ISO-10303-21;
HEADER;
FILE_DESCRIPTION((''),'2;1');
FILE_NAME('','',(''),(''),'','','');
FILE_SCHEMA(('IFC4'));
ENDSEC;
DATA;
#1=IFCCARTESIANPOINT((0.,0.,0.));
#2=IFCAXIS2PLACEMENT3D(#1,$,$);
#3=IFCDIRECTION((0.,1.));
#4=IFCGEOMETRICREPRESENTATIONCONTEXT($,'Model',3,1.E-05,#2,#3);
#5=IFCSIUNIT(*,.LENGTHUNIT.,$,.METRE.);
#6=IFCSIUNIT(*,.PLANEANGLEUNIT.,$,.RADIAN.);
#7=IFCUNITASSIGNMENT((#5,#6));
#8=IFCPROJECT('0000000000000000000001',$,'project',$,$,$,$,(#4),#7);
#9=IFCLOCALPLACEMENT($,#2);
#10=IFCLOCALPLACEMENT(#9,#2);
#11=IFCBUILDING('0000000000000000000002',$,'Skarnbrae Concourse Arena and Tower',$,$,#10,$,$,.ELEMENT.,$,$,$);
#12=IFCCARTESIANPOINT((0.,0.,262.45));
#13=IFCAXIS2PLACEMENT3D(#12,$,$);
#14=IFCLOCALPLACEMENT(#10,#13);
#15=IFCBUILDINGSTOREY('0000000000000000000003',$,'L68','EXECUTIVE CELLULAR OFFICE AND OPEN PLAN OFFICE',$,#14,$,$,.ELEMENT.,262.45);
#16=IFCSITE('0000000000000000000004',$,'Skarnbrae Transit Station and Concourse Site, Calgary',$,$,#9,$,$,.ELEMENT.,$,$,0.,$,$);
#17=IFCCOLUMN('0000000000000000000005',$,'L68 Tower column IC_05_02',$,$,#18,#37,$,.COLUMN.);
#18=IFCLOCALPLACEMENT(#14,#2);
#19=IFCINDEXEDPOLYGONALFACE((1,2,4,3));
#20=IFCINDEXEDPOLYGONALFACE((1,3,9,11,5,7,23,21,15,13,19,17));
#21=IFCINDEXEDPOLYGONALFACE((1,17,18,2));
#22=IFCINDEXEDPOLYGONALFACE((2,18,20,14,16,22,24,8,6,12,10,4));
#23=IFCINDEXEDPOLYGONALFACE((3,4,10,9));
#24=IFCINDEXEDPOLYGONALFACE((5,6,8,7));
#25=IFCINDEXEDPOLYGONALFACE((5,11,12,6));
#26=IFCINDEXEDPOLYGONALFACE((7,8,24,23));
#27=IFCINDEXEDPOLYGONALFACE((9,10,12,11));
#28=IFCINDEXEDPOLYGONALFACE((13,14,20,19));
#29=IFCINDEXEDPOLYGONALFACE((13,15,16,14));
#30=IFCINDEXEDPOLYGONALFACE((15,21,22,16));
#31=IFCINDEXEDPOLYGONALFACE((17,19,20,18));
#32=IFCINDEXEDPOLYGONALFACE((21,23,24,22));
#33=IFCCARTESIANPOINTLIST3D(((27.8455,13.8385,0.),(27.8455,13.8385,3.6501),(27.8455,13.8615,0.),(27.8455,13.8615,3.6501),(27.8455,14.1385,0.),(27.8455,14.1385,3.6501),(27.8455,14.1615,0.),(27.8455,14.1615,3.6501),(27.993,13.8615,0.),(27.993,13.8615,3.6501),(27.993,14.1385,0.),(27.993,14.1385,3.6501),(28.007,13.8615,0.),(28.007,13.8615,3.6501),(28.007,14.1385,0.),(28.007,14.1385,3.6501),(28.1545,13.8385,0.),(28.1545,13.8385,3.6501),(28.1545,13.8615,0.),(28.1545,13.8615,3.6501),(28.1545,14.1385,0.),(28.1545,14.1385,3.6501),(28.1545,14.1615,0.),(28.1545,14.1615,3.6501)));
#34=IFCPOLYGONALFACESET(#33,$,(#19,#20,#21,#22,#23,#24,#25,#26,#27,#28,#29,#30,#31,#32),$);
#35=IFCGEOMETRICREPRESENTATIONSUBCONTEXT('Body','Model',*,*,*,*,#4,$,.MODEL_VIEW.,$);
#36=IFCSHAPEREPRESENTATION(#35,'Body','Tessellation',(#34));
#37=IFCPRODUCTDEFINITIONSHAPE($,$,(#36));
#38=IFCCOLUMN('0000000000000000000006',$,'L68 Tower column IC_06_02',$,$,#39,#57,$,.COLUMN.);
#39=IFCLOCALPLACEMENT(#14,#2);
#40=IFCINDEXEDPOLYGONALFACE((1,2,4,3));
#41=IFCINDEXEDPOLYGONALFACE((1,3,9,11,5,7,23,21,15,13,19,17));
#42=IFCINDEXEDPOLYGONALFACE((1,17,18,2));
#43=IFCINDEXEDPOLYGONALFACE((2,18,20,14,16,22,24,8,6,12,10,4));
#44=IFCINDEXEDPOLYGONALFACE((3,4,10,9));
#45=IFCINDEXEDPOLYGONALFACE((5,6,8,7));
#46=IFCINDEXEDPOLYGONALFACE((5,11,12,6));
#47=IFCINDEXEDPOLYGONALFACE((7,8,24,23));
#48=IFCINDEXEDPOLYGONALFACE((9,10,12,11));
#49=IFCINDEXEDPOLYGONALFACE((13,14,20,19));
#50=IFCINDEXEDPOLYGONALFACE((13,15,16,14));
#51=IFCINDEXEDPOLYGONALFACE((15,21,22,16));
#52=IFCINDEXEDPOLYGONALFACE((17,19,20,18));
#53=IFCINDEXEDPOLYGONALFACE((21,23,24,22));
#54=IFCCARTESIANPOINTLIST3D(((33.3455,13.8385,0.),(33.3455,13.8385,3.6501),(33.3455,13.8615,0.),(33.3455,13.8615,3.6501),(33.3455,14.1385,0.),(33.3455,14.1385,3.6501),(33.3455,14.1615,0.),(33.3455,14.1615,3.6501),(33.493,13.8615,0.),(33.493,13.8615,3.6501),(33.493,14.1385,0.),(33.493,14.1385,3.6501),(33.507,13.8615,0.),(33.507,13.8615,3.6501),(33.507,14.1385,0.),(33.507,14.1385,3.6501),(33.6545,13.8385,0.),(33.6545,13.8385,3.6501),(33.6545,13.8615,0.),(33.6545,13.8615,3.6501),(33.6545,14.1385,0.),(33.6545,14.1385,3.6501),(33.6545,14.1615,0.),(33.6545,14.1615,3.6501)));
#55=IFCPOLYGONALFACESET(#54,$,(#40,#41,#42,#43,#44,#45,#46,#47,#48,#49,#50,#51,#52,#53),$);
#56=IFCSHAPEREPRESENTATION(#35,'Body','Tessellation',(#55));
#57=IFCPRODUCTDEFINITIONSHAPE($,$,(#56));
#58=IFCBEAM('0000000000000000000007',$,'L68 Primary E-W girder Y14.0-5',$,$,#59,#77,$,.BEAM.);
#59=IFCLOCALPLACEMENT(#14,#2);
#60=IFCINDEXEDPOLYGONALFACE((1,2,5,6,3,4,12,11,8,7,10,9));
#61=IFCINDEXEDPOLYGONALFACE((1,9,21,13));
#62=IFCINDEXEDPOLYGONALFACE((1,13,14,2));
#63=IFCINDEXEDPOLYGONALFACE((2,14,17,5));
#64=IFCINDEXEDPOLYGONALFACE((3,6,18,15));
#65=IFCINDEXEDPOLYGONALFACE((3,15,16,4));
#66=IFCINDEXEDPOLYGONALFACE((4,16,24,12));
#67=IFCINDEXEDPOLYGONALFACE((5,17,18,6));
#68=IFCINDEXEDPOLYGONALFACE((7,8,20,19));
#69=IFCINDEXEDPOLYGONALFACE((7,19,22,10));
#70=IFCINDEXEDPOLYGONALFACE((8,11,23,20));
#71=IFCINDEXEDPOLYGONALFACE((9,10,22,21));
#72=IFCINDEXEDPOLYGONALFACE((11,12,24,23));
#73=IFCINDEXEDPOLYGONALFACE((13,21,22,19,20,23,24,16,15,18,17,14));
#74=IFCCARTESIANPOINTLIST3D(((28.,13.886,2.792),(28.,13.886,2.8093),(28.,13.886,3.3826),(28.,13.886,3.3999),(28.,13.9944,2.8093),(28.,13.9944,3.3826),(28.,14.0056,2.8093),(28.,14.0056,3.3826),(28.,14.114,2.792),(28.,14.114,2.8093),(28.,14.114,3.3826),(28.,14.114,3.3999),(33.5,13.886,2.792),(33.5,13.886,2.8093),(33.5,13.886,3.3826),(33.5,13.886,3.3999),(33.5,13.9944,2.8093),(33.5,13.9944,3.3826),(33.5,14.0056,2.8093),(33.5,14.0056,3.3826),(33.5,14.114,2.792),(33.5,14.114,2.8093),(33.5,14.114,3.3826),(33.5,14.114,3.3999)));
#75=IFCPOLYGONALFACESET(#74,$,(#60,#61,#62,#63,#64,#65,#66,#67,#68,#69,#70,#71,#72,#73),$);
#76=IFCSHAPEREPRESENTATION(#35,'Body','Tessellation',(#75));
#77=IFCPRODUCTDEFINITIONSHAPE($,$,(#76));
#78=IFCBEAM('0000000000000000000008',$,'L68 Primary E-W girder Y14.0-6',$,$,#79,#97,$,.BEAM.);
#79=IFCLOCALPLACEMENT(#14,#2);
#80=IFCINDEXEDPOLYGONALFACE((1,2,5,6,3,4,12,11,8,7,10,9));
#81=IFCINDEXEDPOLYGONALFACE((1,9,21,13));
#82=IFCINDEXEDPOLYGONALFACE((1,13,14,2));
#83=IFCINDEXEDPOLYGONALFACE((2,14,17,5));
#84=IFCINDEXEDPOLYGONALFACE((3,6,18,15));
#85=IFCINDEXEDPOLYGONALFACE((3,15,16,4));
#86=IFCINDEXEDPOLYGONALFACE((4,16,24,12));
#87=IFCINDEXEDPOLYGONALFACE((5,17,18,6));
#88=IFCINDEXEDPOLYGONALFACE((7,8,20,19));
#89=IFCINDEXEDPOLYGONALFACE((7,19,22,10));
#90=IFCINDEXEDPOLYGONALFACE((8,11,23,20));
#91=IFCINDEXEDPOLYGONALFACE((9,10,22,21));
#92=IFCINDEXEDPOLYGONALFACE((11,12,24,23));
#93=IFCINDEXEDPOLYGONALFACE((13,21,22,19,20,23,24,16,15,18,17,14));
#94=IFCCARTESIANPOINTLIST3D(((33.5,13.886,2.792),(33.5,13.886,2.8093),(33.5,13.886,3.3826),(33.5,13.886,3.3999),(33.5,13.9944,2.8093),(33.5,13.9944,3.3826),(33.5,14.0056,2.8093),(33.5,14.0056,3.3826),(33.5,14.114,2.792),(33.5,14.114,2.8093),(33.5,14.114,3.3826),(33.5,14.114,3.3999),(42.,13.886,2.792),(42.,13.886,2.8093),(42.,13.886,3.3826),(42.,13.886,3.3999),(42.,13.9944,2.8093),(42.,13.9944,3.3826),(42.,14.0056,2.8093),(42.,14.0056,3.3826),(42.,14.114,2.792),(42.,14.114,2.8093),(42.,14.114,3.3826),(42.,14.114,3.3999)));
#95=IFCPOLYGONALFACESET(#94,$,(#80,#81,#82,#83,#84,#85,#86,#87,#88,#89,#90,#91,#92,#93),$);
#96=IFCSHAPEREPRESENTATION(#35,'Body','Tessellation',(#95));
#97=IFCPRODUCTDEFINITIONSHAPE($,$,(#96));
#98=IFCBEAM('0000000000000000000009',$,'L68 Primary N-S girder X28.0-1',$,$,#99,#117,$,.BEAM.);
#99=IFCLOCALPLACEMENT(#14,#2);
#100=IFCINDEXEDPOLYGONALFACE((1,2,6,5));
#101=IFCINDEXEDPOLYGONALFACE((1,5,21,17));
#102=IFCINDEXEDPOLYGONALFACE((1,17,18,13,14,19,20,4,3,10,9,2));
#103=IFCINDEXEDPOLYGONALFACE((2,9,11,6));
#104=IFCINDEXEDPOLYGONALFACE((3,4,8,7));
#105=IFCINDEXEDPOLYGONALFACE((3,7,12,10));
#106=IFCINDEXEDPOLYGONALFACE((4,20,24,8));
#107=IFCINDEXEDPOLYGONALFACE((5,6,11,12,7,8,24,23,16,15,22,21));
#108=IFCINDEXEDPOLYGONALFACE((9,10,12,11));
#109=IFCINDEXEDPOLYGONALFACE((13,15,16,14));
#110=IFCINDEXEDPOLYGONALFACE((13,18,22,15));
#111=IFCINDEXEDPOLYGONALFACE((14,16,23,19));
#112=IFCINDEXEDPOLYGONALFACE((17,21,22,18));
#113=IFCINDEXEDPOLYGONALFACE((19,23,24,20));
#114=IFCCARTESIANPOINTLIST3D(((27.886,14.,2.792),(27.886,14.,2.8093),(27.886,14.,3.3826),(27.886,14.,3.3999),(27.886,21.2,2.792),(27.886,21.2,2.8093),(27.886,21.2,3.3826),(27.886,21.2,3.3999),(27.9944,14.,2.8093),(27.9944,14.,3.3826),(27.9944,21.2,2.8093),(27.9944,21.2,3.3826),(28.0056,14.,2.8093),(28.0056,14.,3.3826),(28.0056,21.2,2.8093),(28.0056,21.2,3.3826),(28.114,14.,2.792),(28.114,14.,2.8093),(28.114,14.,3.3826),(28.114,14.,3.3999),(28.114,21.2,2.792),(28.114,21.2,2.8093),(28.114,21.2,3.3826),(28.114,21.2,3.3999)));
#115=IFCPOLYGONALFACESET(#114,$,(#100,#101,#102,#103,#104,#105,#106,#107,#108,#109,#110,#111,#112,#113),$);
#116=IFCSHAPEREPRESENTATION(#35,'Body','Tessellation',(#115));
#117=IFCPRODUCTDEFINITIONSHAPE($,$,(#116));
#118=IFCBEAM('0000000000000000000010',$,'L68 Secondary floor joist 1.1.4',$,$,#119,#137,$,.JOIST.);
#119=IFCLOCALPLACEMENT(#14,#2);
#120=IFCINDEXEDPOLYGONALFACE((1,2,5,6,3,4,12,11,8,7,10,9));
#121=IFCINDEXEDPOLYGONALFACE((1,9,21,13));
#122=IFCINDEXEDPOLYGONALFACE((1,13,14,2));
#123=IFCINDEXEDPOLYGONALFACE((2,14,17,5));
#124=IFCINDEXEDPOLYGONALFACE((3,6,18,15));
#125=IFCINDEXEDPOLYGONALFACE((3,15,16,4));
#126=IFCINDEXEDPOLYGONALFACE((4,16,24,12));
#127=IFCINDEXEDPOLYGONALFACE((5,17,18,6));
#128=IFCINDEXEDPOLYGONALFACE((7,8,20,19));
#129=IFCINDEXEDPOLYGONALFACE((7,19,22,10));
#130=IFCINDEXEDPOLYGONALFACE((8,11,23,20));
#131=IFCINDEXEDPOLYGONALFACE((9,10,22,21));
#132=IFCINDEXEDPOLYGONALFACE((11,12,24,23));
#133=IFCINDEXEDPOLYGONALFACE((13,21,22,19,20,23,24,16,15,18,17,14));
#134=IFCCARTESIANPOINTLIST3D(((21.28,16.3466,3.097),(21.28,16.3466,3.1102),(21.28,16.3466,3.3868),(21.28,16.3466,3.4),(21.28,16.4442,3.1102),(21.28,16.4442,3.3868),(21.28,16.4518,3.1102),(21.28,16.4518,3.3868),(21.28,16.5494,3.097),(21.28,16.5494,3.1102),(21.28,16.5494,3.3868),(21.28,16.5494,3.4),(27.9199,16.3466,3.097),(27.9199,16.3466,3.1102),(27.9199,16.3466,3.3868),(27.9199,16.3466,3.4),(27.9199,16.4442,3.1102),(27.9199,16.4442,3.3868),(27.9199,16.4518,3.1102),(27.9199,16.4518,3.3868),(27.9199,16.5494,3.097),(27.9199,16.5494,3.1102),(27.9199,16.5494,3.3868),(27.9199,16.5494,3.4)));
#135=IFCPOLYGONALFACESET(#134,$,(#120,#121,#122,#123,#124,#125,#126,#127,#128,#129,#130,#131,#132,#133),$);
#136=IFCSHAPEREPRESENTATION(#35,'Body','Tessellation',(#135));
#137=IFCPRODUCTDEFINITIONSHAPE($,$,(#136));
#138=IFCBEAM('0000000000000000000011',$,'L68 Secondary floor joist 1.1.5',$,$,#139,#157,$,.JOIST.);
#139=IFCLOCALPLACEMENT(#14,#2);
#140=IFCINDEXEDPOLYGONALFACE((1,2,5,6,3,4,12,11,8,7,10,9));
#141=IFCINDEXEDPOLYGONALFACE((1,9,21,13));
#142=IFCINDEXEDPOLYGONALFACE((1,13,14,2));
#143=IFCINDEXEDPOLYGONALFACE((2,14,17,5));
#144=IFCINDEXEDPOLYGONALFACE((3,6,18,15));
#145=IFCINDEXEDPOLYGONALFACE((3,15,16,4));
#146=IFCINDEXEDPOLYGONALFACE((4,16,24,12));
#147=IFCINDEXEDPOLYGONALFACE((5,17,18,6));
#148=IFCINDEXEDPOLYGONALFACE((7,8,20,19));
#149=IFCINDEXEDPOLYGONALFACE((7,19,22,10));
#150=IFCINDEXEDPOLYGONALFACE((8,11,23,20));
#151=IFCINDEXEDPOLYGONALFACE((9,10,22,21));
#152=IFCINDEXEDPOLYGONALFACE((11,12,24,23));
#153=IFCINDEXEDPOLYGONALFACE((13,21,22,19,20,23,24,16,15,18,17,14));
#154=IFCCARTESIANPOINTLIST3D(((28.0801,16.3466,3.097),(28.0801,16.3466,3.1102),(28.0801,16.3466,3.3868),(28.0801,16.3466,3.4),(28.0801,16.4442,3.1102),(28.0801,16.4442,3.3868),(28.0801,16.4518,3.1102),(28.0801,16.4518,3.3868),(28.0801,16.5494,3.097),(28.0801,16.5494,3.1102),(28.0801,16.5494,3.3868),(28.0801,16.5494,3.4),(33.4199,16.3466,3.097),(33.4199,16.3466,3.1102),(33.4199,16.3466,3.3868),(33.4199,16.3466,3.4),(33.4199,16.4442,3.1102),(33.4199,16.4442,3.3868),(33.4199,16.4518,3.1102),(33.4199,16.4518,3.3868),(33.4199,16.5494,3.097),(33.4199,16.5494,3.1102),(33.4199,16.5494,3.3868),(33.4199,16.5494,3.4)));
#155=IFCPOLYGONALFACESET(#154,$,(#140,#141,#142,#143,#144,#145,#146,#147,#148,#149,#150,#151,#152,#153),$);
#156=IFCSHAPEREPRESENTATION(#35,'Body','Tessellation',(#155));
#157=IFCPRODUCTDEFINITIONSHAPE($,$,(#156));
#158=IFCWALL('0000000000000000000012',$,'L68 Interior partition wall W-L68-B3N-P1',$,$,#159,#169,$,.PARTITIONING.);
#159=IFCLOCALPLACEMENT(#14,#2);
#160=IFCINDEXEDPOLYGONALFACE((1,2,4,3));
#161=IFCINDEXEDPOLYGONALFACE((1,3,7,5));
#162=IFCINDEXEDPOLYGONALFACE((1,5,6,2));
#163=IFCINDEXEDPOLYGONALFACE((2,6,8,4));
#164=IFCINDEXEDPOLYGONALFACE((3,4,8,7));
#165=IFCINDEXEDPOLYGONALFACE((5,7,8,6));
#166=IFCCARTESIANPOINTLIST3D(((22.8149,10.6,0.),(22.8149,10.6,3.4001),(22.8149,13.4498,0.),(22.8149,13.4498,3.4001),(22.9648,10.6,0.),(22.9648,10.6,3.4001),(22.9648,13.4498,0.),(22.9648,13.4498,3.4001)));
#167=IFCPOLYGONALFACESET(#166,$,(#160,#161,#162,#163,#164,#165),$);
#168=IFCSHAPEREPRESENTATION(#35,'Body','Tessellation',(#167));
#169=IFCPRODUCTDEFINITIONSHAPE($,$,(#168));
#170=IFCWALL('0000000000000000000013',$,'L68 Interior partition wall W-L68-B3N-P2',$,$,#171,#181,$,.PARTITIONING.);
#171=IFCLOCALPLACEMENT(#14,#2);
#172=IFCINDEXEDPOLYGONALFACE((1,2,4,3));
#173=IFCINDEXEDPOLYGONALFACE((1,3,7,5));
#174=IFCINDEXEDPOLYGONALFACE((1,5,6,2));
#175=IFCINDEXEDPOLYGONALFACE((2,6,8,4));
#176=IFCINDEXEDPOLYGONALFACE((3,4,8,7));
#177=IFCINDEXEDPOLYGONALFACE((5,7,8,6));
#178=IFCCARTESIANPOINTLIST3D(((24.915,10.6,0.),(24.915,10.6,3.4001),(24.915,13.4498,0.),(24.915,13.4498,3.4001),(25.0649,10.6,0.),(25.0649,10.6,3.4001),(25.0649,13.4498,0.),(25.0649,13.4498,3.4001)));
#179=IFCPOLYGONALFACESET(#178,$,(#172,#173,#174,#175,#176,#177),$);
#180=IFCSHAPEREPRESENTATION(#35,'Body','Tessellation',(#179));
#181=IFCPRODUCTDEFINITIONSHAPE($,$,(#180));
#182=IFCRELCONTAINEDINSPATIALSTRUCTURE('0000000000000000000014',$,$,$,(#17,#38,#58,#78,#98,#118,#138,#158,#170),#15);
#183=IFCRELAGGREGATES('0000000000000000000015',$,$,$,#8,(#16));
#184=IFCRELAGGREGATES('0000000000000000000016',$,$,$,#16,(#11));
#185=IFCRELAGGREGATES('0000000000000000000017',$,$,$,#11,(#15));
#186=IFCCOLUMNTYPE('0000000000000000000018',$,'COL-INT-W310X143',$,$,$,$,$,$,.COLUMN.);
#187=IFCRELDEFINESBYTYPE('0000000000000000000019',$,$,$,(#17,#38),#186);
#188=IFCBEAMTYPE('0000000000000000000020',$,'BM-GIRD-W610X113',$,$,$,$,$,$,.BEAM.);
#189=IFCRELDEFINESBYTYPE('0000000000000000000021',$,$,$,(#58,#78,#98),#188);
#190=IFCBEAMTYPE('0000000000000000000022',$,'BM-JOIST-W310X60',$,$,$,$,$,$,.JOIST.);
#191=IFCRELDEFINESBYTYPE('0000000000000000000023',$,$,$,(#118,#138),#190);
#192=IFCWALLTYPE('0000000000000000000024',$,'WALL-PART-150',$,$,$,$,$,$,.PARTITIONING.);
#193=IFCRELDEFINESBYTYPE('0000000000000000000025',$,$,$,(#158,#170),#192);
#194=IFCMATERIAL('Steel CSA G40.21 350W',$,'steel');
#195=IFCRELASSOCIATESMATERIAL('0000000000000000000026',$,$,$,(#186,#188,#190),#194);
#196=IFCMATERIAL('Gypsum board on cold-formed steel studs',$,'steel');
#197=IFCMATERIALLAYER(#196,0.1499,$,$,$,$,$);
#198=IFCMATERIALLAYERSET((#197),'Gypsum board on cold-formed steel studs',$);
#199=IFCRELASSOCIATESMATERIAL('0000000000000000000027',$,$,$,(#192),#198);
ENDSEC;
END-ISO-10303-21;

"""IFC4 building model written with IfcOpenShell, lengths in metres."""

from ifc_helpers import new_model, si_unit, direction, frame, frame_2d, origin, origin_2d, place, context, subcontext, project, spatial, rectangle, i_section, extrude, source, transform, mapped, material, layer, layer_set, material_profile, profile_set, type_object, element, save


model = new_model("IFC4")

# Units and contexts
model_context = context("Model", 3, precision=1e-05, world=origin(), true_north=direction((0.0, 1.0)))
body_context = subcontext(model_context, "Body", "Model", "MODEL_VIEW")
ifc_project = project(units=[si_unit("LENGTHUNIT", "METRE"), si_unit("PLANEANGLEUNIT", "RADIAN")], contexts=[model_context])

# Site, building, storey
site_placement = place(None, origin())
site = spatial("IfcSite", under=ifc_project, at=site_placement, Name="Skarnbrae Transit Station and Concourse Site, Calgary", CompositionType="ELEMENT", RefElevation=0.0)
building_placement = place(site_placement, origin())
building = spatial("IfcBuilding", under=site, at=building_placement, Name="Skarnbrae Concourse Arena and Tower", CompositionType="ELEMENT")
storey_placement = place(building_placement, frame((0.0, 0.0, 262.45)))
storey = spatial("IfcBuildingStorey", under=building, at=storey_placement, Name="L68", Description="EXECUTIVE CELLULAR OFFICE AND OPEN PLAN OFFICE", CompositionType="ELEMENT", Elevation=262.45)

# Columns
ifc_material_1 = material(Name="Steel CSA G40.21 350W", Category="steel")
ifc_material_profile_1 = material_profile(ifc_material_1, i_section(OverallWidth=0.3091, OverallDepth=0.323, WebThickness=0.0139, FlangeThickness=0.0229, at=origin_2d()), Name="W310X143")
ifc_profile_set_1 = profile_set([ifc_material_profile_1], Name="Steel CSA G40.21 350W")
column_type = type_object("IfcColumnType", Name="COL-INT-W310X143", PredefinedType="COLUMN", material=ifc_profile_set_1)
shared_shape_1 = source(origin(), body_context, "Body", "SweptSolid", [
    extrude(i_section(OverallWidth=0.3091, OverallDepth=0.323, WebThickness=0.0139, FlangeThickness=0.0229, at=origin_2d()), origin(), (0.0, 0.0, 1.0), 3.6501),
])
for number, where, z_axis, x_axis, name in (
    (1, (28.0, 14.0, 0.0), (0.0, 0.0, 1.0), (1.0, 0.0, 0.0), "L68 Tower column IC_05_02"),
    (2, (33.5, 14.0, 0.0), (0.0, 0.0, 1.0), (1.0, 0.0, 0.0), "L68 Tower column IC_06_02"),
):
    element("IfcColumn", number, at=place(storey_placement, frame(where, z_axis=z_axis, x_axis=x_axis)), inside=storey, type_object=column_type, Name=name, PredefinedType="COLUMN", context=body_context, shape_type="MappedRepresentation", body=[
        mapped(shared_shape_1, transform((0.0, 0.0, 0.0))),
    ])

# Beams
ifc_material_profile_2 = material_profile(ifc_material_1, i_section(OverallWidth=0.228, OverallDepth=0.6079, WebThickness=0.0112, FlangeThickness=0.0173, at=origin_2d()), Name="W610X113")
ifc_profile_set_2 = profile_set([ifc_material_profile_2], Name="Steel CSA G40.21 350W")
beam_type_1 = type_object("IfcBeamType", Name="BM-GIRD-W610X113", PredefinedType="BEAM", material=ifc_profile_set_2)
shared_shape_2 = source(origin(), body_context, "Body", "SweptSolid", [
    extrude(i_section(OverallWidth=0.228, OverallDepth=0.6079, WebThickness=0.0112, FlangeThickness=0.0173, at=origin_2d()), origin(), (0.0, 0.0, 1.0), 5.5),
])
beam_1_placement = place(storey_placement, frame((28.0, 14.0, 3.0959), z_axis=(1.0, 0.0, 0.0), x_axis=(0.0, 1.0, 0.0)))
element("IfcBeam", 3, at=beam_1_placement, inside=storey, type_object=beam_type_1, Name="L68 Primary E-W girder Y14.0-5", PredefinedType="BEAM", context=body_context, shape_type="MappedRepresentation", body=[
    mapped(shared_shape_2, transform((0.0, 0.0, 0.0))),
])
shared_shape_3 = source(origin(), body_context, "Body", "SweptSolid", [
    extrude(i_section(OverallWidth=0.228, OverallDepth=0.6079, WebThickness=0.0112, FlangeThickness=0.0173, at=origin_2d()), origin(), (0.0, 0.0, 1.0), 8.5),
])
beam_2_placement = place(storey_placement, frame((33.5, 14.0, 3.0959), z_axis=(1.0, 0.0, 0.0), x_axis=(0.0, 1.0, 0.0)))
element("IfcBeam", 4, at=beam_2_placement, inside=storey, type_object=beam_type_1, Name="L68 Primary E-W girder Y14.0-6", PredefinedType="BEAM", context=body_context, shape_type="MappedRepresentation", body=[
    mapped(shared_shape_3, transform((0.0, 0.0, 0.0))),
])
shared_shape_4 = source(origin(), body_context, "Body", "SweptSolid", [
    extrude(i_section(OverallWidth=0.228, OverallDepth=0.6079, WebThickness=0.0112, FlangeThickness=0.0173, at=origin_2d()), origin(), (0.0, 0.0, 1.0), 7.2),
])
beam_3_placement = place(storey_placement, frame((28.0, 14.0, 3.0959), z_axis=(0.0, 1.0, 0.0), x_axis=(-1.0, 0.0, 0.0)))
element("IfcBeam", 5, at=beam_3_placement, inside=storey, type_object=beam_type_1, Name="L68 Primary N-S girder X28.0-1", PredefinedType="BEAM", context=body_context, shape_type="MappedRepresentation", body=[
    mapped(shared_shape_4, transform((0.0, 0.0, 0.0))),
])
ifc_material_profile_3 = material_profile(ifc_material_1, i_section(OverallWidth=0.2029, OverallDepth=0.303, WebThickness=0.0076, FlangeThickness=0.0132, at=origin_2d()), Name="W310X60")
ifc_profile_set_3 = profile_set([ifc_material_profile_3], Name="Steel CSA G40.21 350W")
beam_type_2 = type_object("IfcBeamType", Name="BM-JOIST-W310X60", PredefinedType="JOIST", material=ifc_profile_set_3)
shared_shape_5 = source(origin(), body_context, "Body", "SweptSolid", [
    extrude(i_section(OverallWidth=0.2029, OverallDepth=0.303, WebThickness=0.0076, FlangeThickness=0.0132, at=origin_2d()), origin(), (0.0, 0.0, 1.0), 6.6399),
])
beam_4_placement = place(storey_placement, frame((21.28, 16.448, 3.2485), z_axis=(1.0, 0.0, 0.0), x_axis=(0.0, 1.0, 0.0)))
element("IfcBeam", 6, at=beam_4_placement, inside=storey, type_object=beam_type_2, Name="L68 Secondary floor joist 1.1.4", PredefinedType="JOIST", context=body_context, shape_type="MappedRepresentation", body=[
    mapped(shared_shape_5, transform((0.0, 0.0, 0.0))),
])
shared_shape_6 = source(origin(), body_context, "Body", "SweptSolid", [
    extrude(i_section(OverallWidth=0.2029, OverallDepth=0.303, WebThickness=0.0076, FlangeThickness=0.0132, at=origin_2d()), origin(), (0.0, 0.0, 1.0), 5.3398),
])
beam_5_placement = place(storey_placement, frame((28.0801, 16.448, 3.2485), z_axis=(1.0, 0.0, 0.0), x_axis=(0.0, 1.0, 0.0)))
element("IfcBeam", 7, at=beam_5_placement, inside=storey, type_object=beam_type_2, Name="L68 Secondary floor joist 1.1.5", PredefinedType="JOIST", context=body_context, shape_type="MappedRepresentation", body=[
    mapped(shared_shape_6, transform((0.0, 0.0, 0.0))),
])

# Walls
ifc_material_2 = material(Name="Gypsum board on cold-formed steel studs", Category="steel")
ifc_layer_1 = layer(ifc_material_2, 0.1499)
ifc_layer_set_1 = layer_set([ifc_layer_1], Name="Gypsum board on cold-formed steel studs")
wall_type_1 = type_object("IfcWallType", Name="WALL-PART-150", PredefinedType="PARTITIONING", material=ifc_layer_set_1)
shared_shape_7 = source(origin(), body_context, "Body", "SweptSolid", [
    extrude(rectangle(XDim=2.8499, YDim=0.1499, at=frame_2d((1.4248, 0.0))), origin(), (0.0, 0.0, 1.0), 3.4001),
])
for number, where, z_axis, x_axis, name in (
    (8, (22.8899, 10.6001, 0.0), (0.0, 0.0, 1.0), (0.0, 1.0, 0.0), "L68 Interior partition wall W-L68-B3N-P1"),
    (9, (24.99, 10.6001, 0.0), (0.0, 0.0, 1.0), (0.0, 1.0, 0.0), "L68 Interior partition wall W-L68-B3N-P2"),
):
    element("IfcWall", number, at=place(storey_placement, frame(where, z_axis=z_axis, x_axis=x_axis)), inside=storey, type_object=wall_type_1, Name=name, PredefinedType="PARTITIONING", context=body_context, shape_type="MappedRepresentation", body=[
        mapped(shared_shape_7, transform((0.0, 0.0, 0.0))),
    ])

save(model, "model.ifc")
